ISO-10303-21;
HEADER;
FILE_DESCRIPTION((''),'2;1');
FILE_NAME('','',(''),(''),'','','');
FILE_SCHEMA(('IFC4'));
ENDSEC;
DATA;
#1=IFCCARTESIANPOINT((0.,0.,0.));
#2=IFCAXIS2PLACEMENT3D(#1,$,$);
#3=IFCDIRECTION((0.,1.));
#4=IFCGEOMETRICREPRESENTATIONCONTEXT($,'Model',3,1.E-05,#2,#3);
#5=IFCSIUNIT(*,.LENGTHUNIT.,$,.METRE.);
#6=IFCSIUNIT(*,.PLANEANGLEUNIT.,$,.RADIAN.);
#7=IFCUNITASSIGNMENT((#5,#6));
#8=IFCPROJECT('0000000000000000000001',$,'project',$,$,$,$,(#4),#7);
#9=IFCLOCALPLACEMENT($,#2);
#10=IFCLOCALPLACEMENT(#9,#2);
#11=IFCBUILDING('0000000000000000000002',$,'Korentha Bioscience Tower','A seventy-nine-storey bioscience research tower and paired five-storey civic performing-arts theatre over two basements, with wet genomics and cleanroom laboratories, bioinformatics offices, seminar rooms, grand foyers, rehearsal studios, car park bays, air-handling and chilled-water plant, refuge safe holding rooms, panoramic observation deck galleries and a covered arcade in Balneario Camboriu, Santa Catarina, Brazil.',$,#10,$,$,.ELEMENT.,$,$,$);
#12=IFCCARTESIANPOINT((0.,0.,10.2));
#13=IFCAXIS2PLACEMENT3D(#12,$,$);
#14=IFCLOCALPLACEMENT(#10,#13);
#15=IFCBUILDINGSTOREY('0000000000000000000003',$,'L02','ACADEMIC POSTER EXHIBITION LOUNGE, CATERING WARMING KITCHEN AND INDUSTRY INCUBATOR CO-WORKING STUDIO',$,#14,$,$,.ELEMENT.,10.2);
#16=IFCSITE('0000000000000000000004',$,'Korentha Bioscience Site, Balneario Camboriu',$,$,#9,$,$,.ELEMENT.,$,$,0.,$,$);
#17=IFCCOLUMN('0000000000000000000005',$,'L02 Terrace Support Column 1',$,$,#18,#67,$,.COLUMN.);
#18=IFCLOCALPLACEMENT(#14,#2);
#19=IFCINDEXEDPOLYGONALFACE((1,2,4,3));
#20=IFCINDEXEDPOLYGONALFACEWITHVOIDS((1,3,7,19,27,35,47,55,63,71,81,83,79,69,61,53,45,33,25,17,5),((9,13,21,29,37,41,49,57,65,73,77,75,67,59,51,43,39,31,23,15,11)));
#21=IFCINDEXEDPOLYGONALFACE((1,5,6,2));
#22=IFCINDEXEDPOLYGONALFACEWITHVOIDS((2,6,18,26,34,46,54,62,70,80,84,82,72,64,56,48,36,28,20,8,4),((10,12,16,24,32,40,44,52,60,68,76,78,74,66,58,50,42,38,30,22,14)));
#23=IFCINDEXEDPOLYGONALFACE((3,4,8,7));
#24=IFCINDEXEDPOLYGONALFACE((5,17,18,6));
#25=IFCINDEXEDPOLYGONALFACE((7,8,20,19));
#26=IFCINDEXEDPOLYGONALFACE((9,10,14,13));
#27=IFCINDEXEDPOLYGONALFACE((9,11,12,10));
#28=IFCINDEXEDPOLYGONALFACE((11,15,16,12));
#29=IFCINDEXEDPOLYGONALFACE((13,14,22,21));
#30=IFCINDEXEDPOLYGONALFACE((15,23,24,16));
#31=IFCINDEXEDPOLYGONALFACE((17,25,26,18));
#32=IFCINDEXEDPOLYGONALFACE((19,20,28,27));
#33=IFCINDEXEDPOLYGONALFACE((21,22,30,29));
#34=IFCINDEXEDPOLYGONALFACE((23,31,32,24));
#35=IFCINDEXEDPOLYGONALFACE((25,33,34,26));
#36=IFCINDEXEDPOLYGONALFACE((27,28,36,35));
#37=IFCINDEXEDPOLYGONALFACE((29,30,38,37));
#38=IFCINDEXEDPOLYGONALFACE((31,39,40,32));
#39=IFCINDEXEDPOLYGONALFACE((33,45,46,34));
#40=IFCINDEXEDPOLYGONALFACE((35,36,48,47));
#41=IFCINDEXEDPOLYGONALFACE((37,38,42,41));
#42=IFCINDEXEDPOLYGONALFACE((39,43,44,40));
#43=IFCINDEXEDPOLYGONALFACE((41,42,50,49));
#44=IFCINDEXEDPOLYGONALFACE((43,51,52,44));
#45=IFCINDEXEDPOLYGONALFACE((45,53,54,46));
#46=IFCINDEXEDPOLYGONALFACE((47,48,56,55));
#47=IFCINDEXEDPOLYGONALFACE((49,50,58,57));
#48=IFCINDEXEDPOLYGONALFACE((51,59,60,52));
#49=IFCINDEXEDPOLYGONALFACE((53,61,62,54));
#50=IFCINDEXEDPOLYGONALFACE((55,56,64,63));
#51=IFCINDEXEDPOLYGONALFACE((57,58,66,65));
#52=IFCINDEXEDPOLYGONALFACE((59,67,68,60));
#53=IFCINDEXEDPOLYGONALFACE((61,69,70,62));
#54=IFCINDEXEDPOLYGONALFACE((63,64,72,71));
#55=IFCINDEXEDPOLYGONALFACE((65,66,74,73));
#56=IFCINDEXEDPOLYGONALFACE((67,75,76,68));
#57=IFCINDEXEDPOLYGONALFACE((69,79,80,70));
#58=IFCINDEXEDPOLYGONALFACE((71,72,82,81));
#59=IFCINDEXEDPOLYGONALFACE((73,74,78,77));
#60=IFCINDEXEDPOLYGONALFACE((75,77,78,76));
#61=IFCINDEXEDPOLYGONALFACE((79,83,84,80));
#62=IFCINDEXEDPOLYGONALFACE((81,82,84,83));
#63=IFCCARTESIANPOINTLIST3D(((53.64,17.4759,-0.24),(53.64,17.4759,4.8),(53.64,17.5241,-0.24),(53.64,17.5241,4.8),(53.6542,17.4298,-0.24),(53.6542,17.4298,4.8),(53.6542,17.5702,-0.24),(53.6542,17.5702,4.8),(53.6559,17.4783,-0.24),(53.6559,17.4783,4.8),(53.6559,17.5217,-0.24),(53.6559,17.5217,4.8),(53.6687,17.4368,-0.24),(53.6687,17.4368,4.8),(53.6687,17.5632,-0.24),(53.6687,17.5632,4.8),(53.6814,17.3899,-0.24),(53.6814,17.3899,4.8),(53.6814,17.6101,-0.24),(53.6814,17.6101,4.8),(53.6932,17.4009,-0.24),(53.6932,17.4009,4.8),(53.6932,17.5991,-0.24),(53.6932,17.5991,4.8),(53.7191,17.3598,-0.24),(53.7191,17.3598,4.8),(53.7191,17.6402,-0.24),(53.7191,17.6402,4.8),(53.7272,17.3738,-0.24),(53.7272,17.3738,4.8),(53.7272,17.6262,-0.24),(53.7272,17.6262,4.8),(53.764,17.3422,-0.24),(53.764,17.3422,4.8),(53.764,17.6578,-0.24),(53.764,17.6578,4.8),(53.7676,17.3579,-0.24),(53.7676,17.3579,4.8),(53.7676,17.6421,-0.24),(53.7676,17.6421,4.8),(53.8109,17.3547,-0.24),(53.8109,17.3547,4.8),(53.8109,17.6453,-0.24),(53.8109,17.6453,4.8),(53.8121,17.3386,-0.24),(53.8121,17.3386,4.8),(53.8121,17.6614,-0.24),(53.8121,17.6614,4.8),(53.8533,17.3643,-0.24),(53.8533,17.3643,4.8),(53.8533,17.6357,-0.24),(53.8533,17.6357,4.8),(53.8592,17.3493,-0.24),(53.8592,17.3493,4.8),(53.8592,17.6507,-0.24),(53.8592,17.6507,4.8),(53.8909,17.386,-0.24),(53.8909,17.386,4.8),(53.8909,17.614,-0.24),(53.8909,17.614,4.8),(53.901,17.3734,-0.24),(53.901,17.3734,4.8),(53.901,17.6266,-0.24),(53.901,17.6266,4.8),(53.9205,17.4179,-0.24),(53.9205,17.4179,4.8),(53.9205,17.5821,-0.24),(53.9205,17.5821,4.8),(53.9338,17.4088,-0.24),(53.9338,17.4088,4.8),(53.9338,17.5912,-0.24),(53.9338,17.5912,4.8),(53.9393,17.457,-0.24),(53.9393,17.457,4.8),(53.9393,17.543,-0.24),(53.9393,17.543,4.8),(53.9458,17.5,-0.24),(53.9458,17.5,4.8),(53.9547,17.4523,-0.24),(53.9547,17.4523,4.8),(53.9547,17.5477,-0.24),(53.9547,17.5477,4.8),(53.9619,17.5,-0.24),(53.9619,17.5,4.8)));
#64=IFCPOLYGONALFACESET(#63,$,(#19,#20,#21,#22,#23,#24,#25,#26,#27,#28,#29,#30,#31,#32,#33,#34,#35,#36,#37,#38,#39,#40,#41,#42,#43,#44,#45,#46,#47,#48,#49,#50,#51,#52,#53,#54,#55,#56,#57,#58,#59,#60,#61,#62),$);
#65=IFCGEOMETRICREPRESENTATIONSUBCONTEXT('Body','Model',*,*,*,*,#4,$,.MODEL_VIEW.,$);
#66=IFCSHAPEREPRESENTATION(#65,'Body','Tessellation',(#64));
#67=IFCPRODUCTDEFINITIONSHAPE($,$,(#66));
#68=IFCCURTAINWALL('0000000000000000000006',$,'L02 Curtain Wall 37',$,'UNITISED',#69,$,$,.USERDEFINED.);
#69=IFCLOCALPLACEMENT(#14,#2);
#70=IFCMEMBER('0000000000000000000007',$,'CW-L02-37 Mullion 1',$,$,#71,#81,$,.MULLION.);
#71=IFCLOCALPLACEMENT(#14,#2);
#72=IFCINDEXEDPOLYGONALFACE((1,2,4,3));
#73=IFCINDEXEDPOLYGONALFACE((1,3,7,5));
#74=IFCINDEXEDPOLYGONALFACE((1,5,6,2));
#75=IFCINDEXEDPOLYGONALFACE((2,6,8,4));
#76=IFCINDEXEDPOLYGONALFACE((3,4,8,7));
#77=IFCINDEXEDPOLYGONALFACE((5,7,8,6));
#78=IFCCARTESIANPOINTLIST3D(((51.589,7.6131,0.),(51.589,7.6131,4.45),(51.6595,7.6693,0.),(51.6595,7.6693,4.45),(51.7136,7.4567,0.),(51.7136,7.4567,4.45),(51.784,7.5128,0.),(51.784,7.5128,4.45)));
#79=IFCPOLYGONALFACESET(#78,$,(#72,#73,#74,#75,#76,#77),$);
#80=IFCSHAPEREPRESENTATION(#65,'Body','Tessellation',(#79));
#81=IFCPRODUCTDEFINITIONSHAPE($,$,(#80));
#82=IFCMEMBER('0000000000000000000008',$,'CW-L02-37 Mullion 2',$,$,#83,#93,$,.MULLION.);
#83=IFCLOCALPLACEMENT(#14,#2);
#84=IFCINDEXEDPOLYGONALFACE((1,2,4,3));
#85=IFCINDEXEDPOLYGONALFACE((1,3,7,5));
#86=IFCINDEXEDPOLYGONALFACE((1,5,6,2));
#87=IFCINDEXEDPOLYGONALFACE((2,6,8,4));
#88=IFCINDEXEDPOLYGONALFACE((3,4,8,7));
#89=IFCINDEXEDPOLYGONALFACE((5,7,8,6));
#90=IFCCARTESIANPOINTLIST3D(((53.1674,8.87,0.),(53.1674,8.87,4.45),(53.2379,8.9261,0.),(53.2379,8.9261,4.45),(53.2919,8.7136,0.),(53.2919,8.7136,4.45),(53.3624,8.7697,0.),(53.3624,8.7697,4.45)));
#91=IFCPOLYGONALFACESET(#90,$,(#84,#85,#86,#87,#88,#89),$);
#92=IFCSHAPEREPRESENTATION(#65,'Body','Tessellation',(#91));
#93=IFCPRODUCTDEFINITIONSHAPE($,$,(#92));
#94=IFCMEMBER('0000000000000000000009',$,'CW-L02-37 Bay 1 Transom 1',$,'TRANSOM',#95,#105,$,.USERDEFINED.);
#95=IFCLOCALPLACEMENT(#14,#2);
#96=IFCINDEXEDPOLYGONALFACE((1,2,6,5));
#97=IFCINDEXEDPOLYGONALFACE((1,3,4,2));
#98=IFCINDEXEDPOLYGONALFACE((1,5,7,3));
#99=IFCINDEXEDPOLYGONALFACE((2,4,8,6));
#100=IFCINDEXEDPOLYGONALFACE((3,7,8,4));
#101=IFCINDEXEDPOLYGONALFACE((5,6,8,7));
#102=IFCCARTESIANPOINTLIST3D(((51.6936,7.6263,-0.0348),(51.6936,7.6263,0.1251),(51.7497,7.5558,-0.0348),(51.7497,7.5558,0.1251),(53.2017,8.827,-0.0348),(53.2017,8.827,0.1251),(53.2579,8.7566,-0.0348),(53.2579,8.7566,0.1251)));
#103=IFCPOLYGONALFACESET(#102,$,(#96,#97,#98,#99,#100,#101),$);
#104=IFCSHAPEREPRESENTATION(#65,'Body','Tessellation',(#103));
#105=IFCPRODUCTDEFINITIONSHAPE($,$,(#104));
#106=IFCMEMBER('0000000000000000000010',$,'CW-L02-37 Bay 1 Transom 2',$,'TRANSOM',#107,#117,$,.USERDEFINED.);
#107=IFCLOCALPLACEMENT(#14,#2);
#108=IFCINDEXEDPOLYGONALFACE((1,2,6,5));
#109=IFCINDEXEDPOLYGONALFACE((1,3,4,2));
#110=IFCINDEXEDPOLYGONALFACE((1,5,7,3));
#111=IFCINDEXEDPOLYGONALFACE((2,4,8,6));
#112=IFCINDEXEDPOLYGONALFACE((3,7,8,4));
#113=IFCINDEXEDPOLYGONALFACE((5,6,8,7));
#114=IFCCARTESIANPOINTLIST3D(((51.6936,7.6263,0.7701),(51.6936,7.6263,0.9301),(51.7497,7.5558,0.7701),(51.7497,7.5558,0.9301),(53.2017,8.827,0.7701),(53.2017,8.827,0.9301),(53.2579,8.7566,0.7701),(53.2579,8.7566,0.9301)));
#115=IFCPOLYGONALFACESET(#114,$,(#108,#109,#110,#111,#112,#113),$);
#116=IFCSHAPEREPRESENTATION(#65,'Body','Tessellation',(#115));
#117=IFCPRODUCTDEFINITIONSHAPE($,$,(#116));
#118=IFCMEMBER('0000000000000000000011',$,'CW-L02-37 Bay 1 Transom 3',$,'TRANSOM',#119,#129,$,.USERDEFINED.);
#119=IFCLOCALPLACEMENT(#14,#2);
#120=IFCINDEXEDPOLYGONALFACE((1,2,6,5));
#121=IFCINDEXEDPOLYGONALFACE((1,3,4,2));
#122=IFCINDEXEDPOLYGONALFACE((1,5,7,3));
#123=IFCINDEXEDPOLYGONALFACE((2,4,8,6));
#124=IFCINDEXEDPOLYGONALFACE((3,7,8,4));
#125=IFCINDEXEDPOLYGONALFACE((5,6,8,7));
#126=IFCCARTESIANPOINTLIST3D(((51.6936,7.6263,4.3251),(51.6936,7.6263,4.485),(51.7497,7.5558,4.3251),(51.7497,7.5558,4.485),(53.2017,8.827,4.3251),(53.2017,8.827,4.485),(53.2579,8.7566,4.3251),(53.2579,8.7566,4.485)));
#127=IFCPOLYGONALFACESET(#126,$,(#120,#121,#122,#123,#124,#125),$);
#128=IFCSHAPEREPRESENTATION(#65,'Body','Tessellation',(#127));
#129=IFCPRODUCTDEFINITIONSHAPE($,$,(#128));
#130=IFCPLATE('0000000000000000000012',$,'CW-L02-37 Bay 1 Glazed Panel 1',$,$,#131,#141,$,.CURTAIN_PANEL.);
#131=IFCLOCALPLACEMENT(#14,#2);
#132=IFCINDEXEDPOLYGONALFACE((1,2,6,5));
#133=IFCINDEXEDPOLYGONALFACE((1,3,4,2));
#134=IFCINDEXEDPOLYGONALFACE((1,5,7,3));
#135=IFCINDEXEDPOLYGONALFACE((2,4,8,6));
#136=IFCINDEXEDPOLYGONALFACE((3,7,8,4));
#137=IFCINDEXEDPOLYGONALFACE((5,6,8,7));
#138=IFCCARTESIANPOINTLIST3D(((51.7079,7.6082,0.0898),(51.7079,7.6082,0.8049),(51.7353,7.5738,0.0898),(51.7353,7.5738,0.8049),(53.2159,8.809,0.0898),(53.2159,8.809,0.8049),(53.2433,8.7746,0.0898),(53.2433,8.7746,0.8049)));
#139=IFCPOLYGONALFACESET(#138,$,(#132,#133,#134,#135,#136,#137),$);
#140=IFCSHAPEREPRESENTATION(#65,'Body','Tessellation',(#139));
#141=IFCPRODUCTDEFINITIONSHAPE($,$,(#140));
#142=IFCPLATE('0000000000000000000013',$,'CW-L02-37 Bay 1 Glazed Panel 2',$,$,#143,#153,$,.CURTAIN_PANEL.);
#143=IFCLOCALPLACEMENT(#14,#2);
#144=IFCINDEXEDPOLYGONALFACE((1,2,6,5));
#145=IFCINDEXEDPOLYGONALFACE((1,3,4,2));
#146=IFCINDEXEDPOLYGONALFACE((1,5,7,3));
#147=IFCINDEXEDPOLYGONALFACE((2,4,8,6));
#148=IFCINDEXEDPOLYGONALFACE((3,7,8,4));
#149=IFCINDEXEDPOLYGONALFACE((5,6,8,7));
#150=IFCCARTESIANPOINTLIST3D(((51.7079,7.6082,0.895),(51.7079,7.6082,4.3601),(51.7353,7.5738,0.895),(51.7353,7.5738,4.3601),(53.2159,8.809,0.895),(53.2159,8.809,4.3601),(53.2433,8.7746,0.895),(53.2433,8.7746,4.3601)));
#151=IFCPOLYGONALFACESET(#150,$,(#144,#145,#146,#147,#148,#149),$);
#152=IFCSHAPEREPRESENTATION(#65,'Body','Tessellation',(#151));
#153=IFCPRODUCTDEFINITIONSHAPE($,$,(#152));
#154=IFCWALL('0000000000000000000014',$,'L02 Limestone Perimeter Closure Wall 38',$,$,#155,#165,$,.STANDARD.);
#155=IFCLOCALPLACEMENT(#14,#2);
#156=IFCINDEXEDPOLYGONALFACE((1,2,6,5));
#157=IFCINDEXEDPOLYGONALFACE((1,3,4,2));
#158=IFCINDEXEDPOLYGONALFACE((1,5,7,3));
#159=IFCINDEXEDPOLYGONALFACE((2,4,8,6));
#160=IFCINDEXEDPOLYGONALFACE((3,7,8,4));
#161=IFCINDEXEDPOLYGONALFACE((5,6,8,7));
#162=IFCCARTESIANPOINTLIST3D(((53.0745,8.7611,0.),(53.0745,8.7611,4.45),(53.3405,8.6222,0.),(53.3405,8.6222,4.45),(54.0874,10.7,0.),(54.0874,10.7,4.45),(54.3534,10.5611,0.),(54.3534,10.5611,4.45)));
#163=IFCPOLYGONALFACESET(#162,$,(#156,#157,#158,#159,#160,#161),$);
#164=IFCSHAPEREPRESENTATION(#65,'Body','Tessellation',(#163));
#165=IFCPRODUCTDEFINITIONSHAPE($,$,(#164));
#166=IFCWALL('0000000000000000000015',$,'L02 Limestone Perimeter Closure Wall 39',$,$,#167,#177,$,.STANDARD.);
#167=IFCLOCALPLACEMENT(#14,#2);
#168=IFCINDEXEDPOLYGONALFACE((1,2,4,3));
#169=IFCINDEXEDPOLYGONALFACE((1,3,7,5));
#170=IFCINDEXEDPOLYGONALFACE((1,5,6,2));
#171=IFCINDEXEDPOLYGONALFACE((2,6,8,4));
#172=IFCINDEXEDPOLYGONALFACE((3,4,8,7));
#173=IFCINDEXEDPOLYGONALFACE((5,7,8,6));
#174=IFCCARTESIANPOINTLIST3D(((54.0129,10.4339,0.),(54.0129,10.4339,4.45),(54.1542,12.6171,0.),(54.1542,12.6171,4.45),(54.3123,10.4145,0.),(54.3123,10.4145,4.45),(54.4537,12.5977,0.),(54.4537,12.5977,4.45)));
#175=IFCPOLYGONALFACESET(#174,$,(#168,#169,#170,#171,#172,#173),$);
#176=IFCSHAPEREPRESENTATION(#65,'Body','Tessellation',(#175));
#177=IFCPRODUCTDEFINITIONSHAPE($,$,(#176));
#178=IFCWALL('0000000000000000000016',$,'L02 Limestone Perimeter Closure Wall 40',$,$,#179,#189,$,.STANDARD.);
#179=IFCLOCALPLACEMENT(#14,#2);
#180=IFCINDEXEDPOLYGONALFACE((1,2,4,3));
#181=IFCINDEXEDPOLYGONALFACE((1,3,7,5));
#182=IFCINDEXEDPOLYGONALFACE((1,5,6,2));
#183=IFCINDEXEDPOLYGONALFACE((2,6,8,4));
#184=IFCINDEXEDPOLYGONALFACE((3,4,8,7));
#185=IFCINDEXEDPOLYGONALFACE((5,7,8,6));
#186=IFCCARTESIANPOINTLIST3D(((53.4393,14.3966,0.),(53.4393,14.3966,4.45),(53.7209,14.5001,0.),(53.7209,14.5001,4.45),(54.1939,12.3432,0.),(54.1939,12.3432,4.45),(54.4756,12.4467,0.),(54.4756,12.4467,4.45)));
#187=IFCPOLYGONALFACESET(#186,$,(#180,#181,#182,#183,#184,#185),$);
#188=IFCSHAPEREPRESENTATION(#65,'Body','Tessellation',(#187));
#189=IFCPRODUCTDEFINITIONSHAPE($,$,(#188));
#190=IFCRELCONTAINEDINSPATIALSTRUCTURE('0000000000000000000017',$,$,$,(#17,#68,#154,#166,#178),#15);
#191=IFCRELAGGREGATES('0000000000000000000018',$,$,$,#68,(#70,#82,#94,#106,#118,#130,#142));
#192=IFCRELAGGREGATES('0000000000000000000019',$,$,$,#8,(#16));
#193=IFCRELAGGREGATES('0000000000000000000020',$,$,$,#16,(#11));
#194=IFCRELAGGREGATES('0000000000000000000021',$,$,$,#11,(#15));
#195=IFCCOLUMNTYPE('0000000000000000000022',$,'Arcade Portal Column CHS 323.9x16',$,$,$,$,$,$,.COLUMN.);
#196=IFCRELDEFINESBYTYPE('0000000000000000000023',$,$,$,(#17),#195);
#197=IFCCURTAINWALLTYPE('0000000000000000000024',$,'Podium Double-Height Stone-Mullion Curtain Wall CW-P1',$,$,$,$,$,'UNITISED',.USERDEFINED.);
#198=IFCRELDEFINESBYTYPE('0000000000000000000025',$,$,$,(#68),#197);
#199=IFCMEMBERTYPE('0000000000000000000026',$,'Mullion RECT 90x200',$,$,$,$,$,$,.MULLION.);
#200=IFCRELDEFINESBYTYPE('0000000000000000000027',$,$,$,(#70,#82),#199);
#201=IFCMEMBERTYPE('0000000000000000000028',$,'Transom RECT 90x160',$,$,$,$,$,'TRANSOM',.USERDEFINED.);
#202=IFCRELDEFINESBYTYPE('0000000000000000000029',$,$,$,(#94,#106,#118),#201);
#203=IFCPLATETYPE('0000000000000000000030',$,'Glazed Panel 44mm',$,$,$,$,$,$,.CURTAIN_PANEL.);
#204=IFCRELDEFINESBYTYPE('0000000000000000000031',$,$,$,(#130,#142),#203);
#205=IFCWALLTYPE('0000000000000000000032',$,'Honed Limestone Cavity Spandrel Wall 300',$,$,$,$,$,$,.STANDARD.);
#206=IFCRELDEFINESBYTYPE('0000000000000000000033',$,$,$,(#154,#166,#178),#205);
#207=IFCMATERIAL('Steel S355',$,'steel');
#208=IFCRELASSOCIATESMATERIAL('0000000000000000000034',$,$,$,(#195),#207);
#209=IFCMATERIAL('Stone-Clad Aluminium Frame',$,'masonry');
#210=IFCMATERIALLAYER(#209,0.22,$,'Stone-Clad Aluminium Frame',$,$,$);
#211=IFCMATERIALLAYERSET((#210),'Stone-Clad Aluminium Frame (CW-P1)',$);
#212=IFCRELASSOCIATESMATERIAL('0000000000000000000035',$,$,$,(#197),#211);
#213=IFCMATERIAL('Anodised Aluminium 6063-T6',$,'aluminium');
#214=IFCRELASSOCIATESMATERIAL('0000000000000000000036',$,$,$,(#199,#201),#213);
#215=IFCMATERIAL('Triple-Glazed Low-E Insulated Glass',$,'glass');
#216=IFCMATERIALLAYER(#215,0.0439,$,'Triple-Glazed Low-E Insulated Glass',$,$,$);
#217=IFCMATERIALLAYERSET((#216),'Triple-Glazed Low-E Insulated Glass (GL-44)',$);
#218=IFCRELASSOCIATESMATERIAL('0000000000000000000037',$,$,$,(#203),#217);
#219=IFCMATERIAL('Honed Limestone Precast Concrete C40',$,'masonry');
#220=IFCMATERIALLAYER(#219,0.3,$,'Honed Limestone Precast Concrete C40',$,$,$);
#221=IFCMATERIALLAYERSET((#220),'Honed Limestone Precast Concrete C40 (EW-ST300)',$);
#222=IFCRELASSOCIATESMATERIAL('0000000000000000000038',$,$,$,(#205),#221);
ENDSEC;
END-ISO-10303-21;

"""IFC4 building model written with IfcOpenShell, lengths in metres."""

from ifc_helpers import new_model, si_unit, direction, frame, frame_2d, origin, origin_2d, place, context, subcontext, project, spatial, rectangle, hollow_circle, extrude, material, layer, layer_set, material_profile, profile_set, type_object, element, aggregate, save


model = new_model("IFC4")

# Units and contexts
model_context = context("Model", 3, precision=1e-05, world=origin(), true_north=direction((0.0, 1.0)))
body_context = subcontext(model_context, "Body", "Model", "MODEL_VIEW")
ifc_project = project(units=[si_unit("LENGTHUNIT", "METRE"), si_unit("PLANEANGLEUNIT", "RADIAN")], contexts=[model_context])

# Site, building, storey
site_placement = place(None, origin())
site = spatial("IfcSite", under=ifc_project, at=site_placement, Name="Korentha Bioscience Site, Balneario Camboriu", CompositionType="ELEMENT", RefElevation=0.0)
building_placement = place(site_placement, origin())
building = spatial("IfcBuilding", under=site, at=building_placement, Name="Korentha Bioscience Tower", Description="A seventy-nine-storey bioscience research tower and paired five-storey civic performing-arts theatre over two basements, with wet genomics and cleanroom laboratories, bioinformatics offices, seminar rooms, grand foyers, rehearsal studios, car park bays, air-handling and chilled-water plant, refuge safe holding rooms, panoramic observation deck galleries and a covered arcade in Balneario Camboriu, Santa Catarina, Brazil.", CompositionType="ELEMENT")
storey_placement = place(building_placement, frame((0.0, 0.0, 10.2)))
storey = spatial("IfcBuildingStorey", under=building, at=storey_placement, Name="L02", Description="ACADEMIC POSTER EXHIBITION LOUNGE, CATERING WARMING KITCHEN AND INDUSTRY INCUBATOR CO-WORKING STUDIO", CompositionType="ELEMENT", Elevation=10.2)

# Column
ifc_material_1 = material(Name="Steel S355", Category="steel")
ifc_material_profile_1 = material_profile(ifc_material_1, hollow_circle(Radius=0.1619, WallThickness=0.0161, at=origin_2d()), Name="Steel S355")
ifc_profile_set_1 = profile_set([ifc_material_profile_1], Name="Steel S355 (AC-01)")
column_type = type_object("IfcColumnType", Name="Arcade Portal Column CHS 323.9x16", PredefinedType="COLUMN", material=ifc_profile_set_1)
column_placement = place(storey_placement, frame((53.8, 17.5, -0.24), z_axis=(0.0, 0.0, 1.0), x_axis=(1.0, 0.0, 0.0)))
element("IfcColumn", 1, at=column_placement, inside=storey, type_object=column_type, Name="L02 Terrace Support Column 1", PredefinedType="COLUMN", context=body_context, shape_type="SweptSolid", body=[
    extrude(hollow_circle(Radius=0.1619, WallThickness=0.0161, at=origin_2d()), origin(), (0.0, 0.0, 1.0), 5.04),
])

# Curtain wall, members, plates
ifc_material_2 = material(Name="Stone-Clad Aluminium Frame", Category="masonry")
ifc_layer_1 = layer(ifc_material_2, 0.22, Name="Stone-Clad Aluminium Frame")
ifc_layer_set_1 = layer_set([ifc_layer_1], Name="Stone-Clad Aluminium Frame (CW-P1)")
curtain_wall_type = type_object("IfcCurtainWallType", Name="Podium Double-Height Stone-Mullion Curtain Wall CW-P1", ElementType="UNITISED", PredefinedType="USERDEFINED", material=ifc_layer_set_1)
curtain_wall_placement = place(storey_placement, origin())
curtain_wall = element("IfcCurtainWall", 2, at=curtain_wall_placement, inside=storey, type_object=curtain_wall_type, Name="L02 Curtain Wall 37", ObjectType="UNITISED", PredefinedType="USERDEFINED")
ifc_material_3 = material(Name="Anodised Aluminium 6063-T6", Category="aluminium")
ifc_material_profile_2 = material_profile(ifc_material_3, rectangle(XDim=0.0901, YDim=0.2, at=origin_2d()), Name="Anodised Aluminium 6063-T6")
ifc_profile_set_2 = profile_set([ifc_material_profile_2], Name="Anodised Aluminium 6063-T6 (CW-MUL)")
member_type_1 = type_object("IfcMemberType", Name="Mullion RECT 90x200", PredefinedType="MULLION", material=ifc_profile_set_2)
member_1_placement = place(storey_placement, frame((51.6865, 7.563, 0.0), z_axis=(0.0, 0.0, 1.0), x_axis=(0.782288, 0.622917, 0.0)))
member_1 = element("IfcMember", 3, at=member_1_placement, type_object=member_type_1, Name="CW-L02-37 Mullion 1", PredefinedType="MULLION", context=body_context, shape_type="SweptSolid", body=[
    extrude(rectangle(XDim=0.0901, YDim=0.2, at=origin_2d()), origin(), (0.0, 0.0, 1.0), 4.45),
])
member_2_placement = place(storey_placement, frame((53.2649, 8.8198, 0.0), z_axis=(0.0, 0.0, 1.0), x_axis=(0.782288, 0.622917, 0.0)))
member_2 = element("IfcMember", 4, at=member_2_placement, type_object=member_type_1, Name="CW-L02-37 Mullion 2", PredefinedType="MULLION", context=body_context, shape_type="SweptSolid", body=[
    extrude(rectangle(XDim=0.0901, YDim=0.2, at=origin_2d()), origin(), (0.0, 0.0, 1.0), 4.45),
])
ifc_material_profile_3 = material_profile(ifc_material_3, rectangle(XDim=0.0901, YDim=0.1599, at=origin_2d()), Name="Anodised Aluminium 6063-T6")
ifc_profile_set_3 = profile_set([ifc_material_profile_3], Name="Anodised Aluminium 6063-T6 (CW-TRN)")
member_type_2 = type_object("IfcMemberType", Name="Transom RECT 90x160", ElementType="TRANSOM", PredefinedType="USERDEFINED", material=ifc_profile_set_3)
member_3_placement = place(storey_placement, frame((51.7217, 7.5911, 0.0452), z_axis=(0.782325, 0.622871, 0.0), x_axis=(-0.622871, 0.782325, 0.0)))
member_3 = element("IfcMember", 5, at=member_3_placement, type_object=member_type_2, Name="CW-L02-37 Bay 1 Transom 1", ObjectType="TRANSOM", PredefinedType="USERDEFINED", context=body_context, shape_type="SweptSolid", body=[
    extrude(rectangle(XDim=0.0901, YDim=0.1599, at=origin_2d()), origin(), (0.0, 0.0, 1.0), 1.9277),
])
member_4_placement = place(storey_placement, frame((51.7217, 7.5911, 0.8501), z_axis=(0.782325, 0.622871, 0.0), x_axis=(-0.622871, 0.782325, 0.0)))
member_4 = element("IfcMember", 6, at=member_4_placement, type_object=member_type_2, Name="CW-L02-37 Bay 1 Transom 2", ObjectType="TRANSOM", PredefinedType="USERDEFINED", context=body_context, shape_type="SweptSolid", body=[
    extrude(rectangle(XDim=0.0901, YDim=0.1599, at=origin_2d()), origin(), (0.0, 0.0, 1.0), 1.9277),
])
member_5_placement = place(storey_placement, frame((51.7217, 7.5911, 4.405), z_axis=(0.782325, 0.622871, 0.0), x_axis=(-0.622871, 0.782325, 0.0)))
member_5 = element("IfcMember", 7, at=member_5_placement, type_object=member_type_2, Name="CW-L02-37 Bay 1 Transom 3", ObjectType="TRANSOM", PredefinedType="USERDEFINED", context=body_context, shape_type="SweptSolid", body=[
    extrude(rectangle(XDim=0.0901, YDim=0.1599, at=origin_2d()), origin(), (0.0, 0.0, 1.0), 1.9277),
])
ifc_material_4 = material(Name="Triple-Glazed Low-E Insulated Glass", Category="glass")
ifc_layer_2 = layer(ifc_material_4, 0.0439, Name="Triple-Glazed Low-E Insulated Glass")
ifc_layer_set_2 = layer_set([ifc_layer_2], Name="Triple-Glazed Low-E Insulated Glass (GL-44)")
plate_type = type_object("IfcPlateType", Name="Glazed Panel 44mm", PredefinedType="CURTAIN_PANEL", material=ifc_layer_set_2)
plate_1_placement = place(storey_placement, frame((52.4756, 8.1914, 0.0898), z_axis=(0.0, 0.0, 1.0), x_axis=(0.782288, 0.622917, 0.0)))
plate_1 = element("IfcPlate", 8, at=plate_1_placement, type_object=plate_type, Name="CW-L02-37 Bay 1 Glazed Panel 1", PredefinedType="CURTAIN_PANEL", context=body_context, shape_type="SweptSolid", body=[
    extrude(rectangle(XDim=1.9277, YDim=0.0439, at=origin_2d()), origin(), (0.0, 0.0, 1.0), 0.7151),
])
plate_2_placement = place(storey_placement, frame((52.4756, 8.1914, 0.895), z_axis=(0.0, 0.0, 1.0), x_axis=(0.782288, 0.622917, 0.0)))
plate_2 = element("IfcPlate", 9, at=plate_2_placement, type_object=plate_type, Name="CW-L02-37 Bay 1 Glazed Panel 2", PredefinedType="CURTAIN_PANEL", context=body_context, shape_type="SweptSolid", body=[
    extrude(rectangle(XDim=1.9277, YDim=0.0439, at=origin_2d()), origin(), (0.0, 0.0, 1.0), 3.4651),
])
aggregate(curtain_wall, [member_1, member_2, member_3, member_4, member_5, plate_1, plate_2])

# Walls
ifc_material_5 = material(Name="Honed Limestone Precast Concrete C40", Category="masonry")
ifc_layer_3 = layer(ifc_material_5, 0.3, Name="Honed Limestone Precast Concrete C40")
ifc_layer_set_3 = layer_set([ifc_layer_3], Name="Honed Limestone Precast Concrete C40 (EW-ST300)")
wall_type_1 = type_object("IfcWallType", Name="Honed Limestone Cavity Spandrel Wall 300", PredefinedType="STANDARD", material=ifc_layer_set_3)
wall_1_placement = place(storey_placement, frame((53.2075, 8.6917, 0.0), z_axis=(0.0, 0.0, 1.0), x_axis=(0.463035, 0.88634, 0.0)))
element("IfcWall", 10, at=wall_1_placement, inside=storey, type_object=wall_type_1, Name="L02 Limestone Perimeter Closure Wall 38", PredefinedType="STANDARD", context=body_context, shape_type="SweptSolid", body=[
    extrude(rectangle(XDim=2.1875, YDim=0.3, at=frame_2d((1.0938, 0.0))), origin(), (0.0, 0.0, 1.0), 4.45),
])
for number, where, z_axis, x_axis, name in (
    (11, (54.1626, 10.4243, 0.0), (0.0, 0.0, 1.0), (0.064615, 0.99791, 0.0), "L02 Limestone Perimeter Closure Wall 39"),
    (12, (54.3347, 12.395, 0.0), (0.0, 0.0, 1.0), (-0.34494, 0.938625, 0.0), "L02 Limestone Perimeter Closure Wall 40"),
):
    element("IfcWall", number, at=place(storey_placement, frame(where, z_axis=z_axis, x_axis=x_axis)), inside=storey, type_object=wall_type_1, Name=name, PredefinedType="STANDARD", context=body_context, shape_type="SweptSolid", body=[
        extrude(rectangle(XDim=2.1877, YDim=0.3, at=frame_2d((1.0938, 0.0))), origin(), (0.0, 0.0, 1.0), 4.45),
    ])

save(model, "model.ifc")
